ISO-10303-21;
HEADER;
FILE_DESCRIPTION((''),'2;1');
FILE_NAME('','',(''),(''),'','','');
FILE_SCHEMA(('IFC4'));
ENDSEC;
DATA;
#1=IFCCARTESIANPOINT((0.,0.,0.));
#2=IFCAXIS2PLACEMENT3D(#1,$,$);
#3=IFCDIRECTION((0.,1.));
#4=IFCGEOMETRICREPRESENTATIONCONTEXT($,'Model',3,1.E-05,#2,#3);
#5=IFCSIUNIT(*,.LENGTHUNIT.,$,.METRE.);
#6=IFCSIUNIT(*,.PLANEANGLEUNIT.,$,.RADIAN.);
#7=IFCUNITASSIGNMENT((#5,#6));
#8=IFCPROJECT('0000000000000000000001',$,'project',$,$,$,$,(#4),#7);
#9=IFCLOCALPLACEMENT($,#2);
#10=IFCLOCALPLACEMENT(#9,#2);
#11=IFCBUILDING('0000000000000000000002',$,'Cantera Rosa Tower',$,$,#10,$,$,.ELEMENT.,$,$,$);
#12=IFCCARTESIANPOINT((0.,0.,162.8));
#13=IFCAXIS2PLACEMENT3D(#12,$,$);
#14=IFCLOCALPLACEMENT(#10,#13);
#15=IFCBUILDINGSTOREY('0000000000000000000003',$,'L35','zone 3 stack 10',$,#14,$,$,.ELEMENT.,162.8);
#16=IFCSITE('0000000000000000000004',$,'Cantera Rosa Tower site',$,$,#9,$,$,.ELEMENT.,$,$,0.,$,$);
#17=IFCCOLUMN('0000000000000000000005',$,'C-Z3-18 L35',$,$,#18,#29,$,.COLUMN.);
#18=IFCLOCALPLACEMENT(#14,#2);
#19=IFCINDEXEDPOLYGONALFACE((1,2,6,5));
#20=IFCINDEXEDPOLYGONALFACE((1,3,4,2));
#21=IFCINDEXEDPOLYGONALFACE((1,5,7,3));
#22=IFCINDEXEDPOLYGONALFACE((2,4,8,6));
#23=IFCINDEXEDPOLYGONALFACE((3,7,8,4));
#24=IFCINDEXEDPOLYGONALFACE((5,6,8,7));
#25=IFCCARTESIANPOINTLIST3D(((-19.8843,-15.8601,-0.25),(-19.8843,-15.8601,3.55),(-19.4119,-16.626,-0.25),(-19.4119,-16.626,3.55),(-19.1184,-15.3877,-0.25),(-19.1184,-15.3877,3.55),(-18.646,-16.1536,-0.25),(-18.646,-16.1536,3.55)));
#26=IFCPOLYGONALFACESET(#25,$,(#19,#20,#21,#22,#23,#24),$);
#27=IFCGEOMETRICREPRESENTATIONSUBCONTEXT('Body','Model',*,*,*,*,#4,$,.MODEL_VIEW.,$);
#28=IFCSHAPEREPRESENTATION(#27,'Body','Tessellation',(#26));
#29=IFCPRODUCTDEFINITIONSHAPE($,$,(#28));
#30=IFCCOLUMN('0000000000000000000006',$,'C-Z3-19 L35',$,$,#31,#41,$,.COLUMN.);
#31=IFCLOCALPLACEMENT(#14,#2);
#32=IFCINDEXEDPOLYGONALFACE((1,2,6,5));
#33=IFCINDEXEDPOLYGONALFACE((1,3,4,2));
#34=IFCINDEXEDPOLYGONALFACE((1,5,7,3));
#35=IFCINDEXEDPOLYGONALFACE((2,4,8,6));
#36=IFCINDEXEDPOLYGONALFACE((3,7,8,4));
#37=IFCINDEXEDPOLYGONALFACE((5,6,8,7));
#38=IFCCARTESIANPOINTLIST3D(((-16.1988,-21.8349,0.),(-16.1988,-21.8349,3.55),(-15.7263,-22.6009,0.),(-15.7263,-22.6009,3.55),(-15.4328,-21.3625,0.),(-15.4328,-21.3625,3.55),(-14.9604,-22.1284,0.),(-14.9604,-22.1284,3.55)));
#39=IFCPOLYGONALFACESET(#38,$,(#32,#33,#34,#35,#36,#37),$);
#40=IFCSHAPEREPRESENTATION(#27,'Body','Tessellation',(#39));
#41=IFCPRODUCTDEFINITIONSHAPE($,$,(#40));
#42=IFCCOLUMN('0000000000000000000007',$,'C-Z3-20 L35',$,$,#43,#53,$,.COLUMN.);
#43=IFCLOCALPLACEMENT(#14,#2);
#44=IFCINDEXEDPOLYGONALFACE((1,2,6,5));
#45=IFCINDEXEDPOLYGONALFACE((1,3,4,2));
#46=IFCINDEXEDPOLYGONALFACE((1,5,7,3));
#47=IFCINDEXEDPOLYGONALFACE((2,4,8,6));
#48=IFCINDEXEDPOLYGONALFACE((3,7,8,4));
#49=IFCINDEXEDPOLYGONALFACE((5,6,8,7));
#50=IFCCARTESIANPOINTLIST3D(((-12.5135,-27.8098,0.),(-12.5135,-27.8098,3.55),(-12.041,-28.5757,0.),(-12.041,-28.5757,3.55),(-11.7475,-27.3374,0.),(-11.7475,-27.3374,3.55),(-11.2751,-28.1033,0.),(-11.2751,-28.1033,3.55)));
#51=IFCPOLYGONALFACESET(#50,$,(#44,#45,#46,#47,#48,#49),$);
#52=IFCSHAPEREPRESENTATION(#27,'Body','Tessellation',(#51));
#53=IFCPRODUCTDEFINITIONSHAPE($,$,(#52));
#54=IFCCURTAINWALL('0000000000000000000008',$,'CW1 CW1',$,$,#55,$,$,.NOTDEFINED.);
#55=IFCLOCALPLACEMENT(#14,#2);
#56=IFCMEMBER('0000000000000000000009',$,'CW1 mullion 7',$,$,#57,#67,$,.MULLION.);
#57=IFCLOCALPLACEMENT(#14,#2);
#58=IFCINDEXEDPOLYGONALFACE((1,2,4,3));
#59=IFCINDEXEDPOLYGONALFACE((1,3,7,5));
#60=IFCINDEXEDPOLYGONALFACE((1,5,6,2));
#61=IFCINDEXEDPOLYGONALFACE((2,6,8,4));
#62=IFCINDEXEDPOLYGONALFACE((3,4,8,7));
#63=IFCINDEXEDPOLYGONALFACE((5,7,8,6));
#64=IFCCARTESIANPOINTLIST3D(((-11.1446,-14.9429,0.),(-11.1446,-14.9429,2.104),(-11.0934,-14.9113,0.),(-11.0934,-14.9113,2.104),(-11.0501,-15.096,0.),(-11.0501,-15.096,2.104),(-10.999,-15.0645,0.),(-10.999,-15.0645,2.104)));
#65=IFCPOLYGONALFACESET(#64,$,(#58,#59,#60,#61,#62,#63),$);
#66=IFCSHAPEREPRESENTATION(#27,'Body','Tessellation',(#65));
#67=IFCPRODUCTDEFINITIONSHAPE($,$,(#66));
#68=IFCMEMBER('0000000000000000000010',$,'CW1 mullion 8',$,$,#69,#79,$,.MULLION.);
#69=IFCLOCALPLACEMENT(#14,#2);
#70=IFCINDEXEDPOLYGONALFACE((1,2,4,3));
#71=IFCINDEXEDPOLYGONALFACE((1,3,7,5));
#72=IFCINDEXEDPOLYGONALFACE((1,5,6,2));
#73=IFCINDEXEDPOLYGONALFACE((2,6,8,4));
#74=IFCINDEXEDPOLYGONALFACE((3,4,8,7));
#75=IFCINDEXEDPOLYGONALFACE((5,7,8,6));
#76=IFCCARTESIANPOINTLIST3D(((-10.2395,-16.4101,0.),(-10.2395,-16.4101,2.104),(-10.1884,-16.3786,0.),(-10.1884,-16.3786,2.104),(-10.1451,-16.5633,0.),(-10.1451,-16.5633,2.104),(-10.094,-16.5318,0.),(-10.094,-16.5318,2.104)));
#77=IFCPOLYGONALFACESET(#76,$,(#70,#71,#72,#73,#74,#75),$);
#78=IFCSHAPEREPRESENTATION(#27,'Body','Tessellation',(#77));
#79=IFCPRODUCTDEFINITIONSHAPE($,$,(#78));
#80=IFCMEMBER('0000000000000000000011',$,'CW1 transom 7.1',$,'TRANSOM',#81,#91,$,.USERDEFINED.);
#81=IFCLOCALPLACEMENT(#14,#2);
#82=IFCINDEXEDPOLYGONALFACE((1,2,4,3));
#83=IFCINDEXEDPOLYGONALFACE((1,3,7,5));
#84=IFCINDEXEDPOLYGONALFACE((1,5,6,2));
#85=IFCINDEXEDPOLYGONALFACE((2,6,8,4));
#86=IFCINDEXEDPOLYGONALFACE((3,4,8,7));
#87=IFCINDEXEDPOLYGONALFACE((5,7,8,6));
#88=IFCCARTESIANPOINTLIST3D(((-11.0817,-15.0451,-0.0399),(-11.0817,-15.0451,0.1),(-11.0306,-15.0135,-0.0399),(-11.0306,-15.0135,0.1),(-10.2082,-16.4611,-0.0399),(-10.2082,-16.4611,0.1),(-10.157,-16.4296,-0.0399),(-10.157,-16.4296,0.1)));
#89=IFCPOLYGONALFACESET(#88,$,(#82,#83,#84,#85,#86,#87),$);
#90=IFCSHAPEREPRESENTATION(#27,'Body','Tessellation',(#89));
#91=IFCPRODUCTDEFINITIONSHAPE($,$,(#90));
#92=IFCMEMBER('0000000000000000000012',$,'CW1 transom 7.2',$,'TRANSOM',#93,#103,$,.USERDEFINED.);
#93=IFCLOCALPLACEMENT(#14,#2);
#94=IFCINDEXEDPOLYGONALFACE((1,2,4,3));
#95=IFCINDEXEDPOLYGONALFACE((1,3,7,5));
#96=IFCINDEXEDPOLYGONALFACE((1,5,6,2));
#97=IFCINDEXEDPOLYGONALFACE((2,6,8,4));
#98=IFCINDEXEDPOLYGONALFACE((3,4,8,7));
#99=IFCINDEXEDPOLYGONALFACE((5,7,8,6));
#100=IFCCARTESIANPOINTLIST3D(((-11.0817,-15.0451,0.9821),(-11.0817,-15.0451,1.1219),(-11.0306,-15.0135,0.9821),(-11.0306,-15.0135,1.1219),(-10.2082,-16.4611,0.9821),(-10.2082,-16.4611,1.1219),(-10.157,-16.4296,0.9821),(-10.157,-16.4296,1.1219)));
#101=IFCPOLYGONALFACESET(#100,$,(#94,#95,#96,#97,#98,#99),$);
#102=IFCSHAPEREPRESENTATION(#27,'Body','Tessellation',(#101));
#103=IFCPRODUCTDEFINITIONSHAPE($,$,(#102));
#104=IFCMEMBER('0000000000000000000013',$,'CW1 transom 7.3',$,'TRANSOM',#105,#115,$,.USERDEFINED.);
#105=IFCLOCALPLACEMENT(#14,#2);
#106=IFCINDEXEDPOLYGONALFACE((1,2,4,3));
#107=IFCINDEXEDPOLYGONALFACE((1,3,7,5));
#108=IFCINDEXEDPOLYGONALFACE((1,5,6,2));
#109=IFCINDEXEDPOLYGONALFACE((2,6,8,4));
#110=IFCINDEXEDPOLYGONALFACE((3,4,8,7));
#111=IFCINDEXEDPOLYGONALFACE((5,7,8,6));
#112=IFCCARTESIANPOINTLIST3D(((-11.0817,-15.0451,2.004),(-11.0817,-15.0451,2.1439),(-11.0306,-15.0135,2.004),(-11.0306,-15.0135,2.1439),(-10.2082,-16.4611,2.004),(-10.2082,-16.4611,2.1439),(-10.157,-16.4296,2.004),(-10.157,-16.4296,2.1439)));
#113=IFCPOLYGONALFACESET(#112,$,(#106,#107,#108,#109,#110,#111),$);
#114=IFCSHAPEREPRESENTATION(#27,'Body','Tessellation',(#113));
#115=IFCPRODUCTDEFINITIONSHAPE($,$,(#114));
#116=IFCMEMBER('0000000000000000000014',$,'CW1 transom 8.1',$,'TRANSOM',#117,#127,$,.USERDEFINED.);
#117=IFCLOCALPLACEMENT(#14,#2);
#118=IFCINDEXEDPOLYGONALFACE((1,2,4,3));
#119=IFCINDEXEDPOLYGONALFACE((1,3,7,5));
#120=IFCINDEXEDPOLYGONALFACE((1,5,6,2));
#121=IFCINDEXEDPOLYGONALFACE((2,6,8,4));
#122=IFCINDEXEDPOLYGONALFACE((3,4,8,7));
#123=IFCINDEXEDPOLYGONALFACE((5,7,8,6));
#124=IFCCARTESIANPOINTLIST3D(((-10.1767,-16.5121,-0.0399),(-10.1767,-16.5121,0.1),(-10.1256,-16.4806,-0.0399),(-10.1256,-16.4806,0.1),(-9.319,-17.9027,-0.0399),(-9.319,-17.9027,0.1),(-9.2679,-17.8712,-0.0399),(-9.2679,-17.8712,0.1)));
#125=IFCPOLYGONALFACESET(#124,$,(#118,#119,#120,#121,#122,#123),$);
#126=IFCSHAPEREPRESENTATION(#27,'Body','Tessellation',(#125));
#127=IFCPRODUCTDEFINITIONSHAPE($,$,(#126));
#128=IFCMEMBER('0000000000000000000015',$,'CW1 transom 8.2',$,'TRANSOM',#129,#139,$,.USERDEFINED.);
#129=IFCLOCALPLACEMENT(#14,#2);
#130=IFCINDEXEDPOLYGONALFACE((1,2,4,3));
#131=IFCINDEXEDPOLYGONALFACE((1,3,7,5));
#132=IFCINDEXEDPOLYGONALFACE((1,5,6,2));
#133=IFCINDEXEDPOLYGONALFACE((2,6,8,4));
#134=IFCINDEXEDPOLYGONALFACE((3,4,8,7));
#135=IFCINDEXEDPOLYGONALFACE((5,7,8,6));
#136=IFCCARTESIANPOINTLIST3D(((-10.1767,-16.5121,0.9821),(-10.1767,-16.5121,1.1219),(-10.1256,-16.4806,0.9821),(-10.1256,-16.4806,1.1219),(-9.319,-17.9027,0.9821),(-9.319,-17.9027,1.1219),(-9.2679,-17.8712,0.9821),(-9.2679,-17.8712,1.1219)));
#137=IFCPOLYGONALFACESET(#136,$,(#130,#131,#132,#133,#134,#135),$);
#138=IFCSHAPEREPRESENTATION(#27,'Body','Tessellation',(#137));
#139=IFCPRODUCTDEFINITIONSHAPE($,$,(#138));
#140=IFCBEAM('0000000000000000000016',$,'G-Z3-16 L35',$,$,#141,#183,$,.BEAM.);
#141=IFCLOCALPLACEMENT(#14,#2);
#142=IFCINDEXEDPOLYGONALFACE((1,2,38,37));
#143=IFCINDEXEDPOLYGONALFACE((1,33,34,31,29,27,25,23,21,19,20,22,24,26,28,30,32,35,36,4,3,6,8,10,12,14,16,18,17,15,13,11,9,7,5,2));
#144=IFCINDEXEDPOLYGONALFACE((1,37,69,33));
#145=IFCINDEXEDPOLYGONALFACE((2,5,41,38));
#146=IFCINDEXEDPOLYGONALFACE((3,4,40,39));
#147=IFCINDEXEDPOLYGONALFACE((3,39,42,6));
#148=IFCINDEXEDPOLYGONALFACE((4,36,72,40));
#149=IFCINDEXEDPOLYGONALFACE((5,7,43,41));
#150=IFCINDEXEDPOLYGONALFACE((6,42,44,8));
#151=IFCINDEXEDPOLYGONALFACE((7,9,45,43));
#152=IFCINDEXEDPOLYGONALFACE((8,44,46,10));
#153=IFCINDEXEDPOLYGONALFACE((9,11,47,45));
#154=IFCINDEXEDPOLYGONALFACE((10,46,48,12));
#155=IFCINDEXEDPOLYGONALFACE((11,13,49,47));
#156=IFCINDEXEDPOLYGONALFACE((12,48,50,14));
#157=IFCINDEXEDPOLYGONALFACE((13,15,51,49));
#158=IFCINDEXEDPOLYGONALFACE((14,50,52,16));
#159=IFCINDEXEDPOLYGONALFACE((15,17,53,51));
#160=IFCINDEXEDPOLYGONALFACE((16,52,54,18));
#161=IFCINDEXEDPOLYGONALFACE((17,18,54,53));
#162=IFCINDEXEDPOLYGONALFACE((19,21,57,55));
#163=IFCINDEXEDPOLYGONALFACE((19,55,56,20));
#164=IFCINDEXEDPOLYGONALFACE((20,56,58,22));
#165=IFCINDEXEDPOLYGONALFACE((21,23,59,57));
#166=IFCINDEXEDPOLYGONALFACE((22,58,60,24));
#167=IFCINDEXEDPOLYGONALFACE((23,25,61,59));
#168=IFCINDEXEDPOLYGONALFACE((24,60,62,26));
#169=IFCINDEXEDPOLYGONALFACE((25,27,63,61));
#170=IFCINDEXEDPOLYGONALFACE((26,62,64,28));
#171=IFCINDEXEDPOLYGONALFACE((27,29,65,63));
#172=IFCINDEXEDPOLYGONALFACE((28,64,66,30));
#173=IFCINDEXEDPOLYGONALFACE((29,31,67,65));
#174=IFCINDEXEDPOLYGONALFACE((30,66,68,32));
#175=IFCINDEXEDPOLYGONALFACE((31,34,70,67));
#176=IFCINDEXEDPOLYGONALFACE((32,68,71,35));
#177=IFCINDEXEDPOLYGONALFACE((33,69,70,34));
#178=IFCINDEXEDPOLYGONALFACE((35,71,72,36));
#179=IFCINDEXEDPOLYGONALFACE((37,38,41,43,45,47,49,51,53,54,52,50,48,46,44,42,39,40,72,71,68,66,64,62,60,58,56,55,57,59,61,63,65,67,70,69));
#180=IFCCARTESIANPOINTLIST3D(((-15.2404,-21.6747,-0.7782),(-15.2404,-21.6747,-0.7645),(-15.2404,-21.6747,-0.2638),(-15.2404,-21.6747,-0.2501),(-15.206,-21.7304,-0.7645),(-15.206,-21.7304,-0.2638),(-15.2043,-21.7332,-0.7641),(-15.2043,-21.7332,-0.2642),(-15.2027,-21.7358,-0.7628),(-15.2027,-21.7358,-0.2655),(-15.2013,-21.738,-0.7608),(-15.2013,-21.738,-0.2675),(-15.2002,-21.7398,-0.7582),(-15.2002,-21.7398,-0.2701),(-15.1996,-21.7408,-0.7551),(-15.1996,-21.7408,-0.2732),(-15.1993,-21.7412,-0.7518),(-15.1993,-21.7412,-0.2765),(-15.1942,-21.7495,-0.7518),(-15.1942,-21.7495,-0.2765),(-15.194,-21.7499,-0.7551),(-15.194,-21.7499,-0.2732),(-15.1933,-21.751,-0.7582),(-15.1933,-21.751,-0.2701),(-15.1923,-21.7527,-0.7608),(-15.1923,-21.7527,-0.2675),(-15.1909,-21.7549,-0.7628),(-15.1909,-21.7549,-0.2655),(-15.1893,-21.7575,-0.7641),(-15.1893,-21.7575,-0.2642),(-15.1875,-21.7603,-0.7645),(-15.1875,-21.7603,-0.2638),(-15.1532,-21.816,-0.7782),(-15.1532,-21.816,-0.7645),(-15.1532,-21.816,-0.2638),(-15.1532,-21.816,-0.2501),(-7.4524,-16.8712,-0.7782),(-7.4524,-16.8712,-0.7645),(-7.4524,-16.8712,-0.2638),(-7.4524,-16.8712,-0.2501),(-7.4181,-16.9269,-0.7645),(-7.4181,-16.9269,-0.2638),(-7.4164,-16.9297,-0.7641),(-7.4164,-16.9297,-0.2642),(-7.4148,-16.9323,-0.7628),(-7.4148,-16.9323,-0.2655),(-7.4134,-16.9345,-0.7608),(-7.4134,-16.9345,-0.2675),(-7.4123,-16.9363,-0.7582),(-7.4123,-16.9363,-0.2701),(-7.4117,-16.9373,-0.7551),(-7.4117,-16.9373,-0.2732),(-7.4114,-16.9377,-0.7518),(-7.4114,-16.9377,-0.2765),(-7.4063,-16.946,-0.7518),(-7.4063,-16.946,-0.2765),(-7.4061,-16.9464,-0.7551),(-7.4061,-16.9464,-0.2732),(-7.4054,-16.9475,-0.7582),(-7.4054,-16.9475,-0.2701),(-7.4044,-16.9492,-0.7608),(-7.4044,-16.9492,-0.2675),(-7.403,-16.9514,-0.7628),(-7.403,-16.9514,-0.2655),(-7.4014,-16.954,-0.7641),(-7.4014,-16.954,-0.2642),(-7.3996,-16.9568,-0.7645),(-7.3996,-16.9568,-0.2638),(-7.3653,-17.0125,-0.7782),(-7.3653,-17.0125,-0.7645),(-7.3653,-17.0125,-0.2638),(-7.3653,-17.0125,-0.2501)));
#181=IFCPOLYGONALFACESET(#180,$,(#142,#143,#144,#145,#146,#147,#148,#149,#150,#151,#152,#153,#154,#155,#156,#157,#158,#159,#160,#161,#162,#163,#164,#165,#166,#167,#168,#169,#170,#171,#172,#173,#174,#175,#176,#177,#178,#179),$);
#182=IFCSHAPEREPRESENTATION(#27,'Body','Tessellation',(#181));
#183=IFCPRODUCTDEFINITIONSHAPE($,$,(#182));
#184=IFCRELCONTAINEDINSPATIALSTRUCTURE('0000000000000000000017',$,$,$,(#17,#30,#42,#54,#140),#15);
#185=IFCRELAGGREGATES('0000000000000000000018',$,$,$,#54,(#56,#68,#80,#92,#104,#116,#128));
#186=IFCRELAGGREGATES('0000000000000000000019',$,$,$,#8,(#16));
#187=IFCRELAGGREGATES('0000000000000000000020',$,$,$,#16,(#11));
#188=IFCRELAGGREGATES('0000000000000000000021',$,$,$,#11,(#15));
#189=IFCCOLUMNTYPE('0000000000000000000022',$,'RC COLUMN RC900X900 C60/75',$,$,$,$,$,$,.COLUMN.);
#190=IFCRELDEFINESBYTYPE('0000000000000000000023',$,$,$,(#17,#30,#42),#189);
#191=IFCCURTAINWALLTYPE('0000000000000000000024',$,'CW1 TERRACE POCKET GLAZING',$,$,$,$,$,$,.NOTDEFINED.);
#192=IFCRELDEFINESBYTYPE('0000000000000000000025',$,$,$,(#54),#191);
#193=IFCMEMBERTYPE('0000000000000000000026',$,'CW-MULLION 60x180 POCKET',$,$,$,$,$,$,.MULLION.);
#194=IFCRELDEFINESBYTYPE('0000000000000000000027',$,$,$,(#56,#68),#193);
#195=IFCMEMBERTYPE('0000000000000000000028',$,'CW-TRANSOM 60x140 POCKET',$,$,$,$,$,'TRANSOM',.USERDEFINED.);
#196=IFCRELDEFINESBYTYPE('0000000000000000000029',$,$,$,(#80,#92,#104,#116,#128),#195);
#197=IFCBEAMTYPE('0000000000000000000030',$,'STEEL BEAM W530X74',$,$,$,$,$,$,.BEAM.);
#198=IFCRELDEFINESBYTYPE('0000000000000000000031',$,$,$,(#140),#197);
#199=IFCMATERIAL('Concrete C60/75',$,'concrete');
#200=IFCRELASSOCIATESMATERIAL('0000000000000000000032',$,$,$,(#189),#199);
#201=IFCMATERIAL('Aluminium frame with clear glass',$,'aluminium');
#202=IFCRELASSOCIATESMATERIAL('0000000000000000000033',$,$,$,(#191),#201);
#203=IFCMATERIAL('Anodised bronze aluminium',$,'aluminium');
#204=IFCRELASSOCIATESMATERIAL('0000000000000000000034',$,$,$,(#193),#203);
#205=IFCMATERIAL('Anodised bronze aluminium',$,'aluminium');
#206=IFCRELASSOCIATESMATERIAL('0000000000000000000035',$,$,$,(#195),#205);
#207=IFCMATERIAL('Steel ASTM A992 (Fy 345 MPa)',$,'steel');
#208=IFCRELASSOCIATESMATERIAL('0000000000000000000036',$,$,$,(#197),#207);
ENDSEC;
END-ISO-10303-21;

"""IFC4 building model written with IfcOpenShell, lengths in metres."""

from ifc_helpers import new_model, si_unit, direction, frame, origin, origin_2d, place, context, subcontext, project, spatial, rectangle, i_section, extrude, material, material_profile, profile_set, type_object, element, aggregate, save


model = new_model("IFC4")

# Units and contexts
model_context = context("Model", 3, precision=1e-05, world=origin(), true_north=direction((0.0, 1.0)))
body_context = subcontext(model_context, "Body", "Model", "MODEL_VIEW")
ifc_project = project(units=[si_unit("LENGTHUNIT", "METRE"), si_unit("PLANEANGLEUNIT", "RADIAN")], contexts=[model_context])

# Site, building, storey
site_placement = place(None, origin())
site = spatial("IfcSite", under=ifc_project, at=site_placement, Name="Cantera Rosa Tower site", CompositionType="ELEMENT", RefElevation=0.0)
building_placement = place(site_placement, origin())
building = spatial("IfcBuilding", under=site, at=building_placement, Name="Cantera Rosa Tower", CompositionType="ELEMENT")
storey_placement = place(building_placement, frame((0.0, 0.0, 162.8)))
storey = spatial("IfcBuildingStorey", under=building, at=storey_placement, Name="L35", Description="zone 3 stack 10", CompositionType="ELEMENT", Elevation=162.8)

# Columns
ifc_material_1 = material(Name="Concrete C60/75", Category="concrete")
ifc_material_profile_1 = material_profile(ifc_material_1, rectangle(XDim=0.8999, YDim=0.8999, at=origin_2d()), Name="RC COLUMN RC900X900 C60/75")
ifc_profile_set_1 = profile_set([ifc_material_profile_1], Name="Concrete C60/75")
column_type = type_object("IfcColumnType", Name="RC COLUMN RC900X900 C60/75", PredefinedType="COLUMN", material=ifc_profile_set_1)
column_placement = place(storey_placement, frame((-19.2651, -16.0068, -0.25), z_axis=(0.0, 0.0, 1.0), x_axis=(0.851117, 0.524977, 0.0)))
element("IfcColumn", 1, at=column_placement, inside=storey, type_object=column_type, Name="C-Z3-18 L35", PredefinedType="COLUMN", context=body_context, shape_type="SweptSolid", body=[
    extrude(rectangle(XDim=0.8999, YDim=0.8999, at=origin_2d()), origin(), (0.0, 0.0, 1.0), 3.8),
])
for number, where, z_axis, x_axis, name in (
    (2, (-15.5796, -21.9817, 0.0), (0.0, 0.0, 1.0), (0.851117, 0.524977, 0.0), "C-Z3-19 L35"),
    (3, (-11.8943, -27.9565, 0.0), (0.0, 0.0, 1.0), (0.851117, 0.524977, 0.0), "C-Z3-20 L35"),
):
    element("IfcColumn", number, at=place(storey_placement, frame(where, z_axis=z_axis, x_axis=x_axis)), inside=storey, type_object=column_type, Name=name, PredefinedType="COLUMN", context=body_context, shape_type="SweptSolid", body=[
        extrude(rectangle(XDim=0.8999, YDim=0.8999, at=origin_2d()), origin(), (0.0, 0.0, 1.0), 3.55),
    ])

# Curtain wall, members
ifc_material_2 = material(Name="Aluminium frame with clear glass", Category="aluminium")
curtain_wall_type = type_object("IfcCurtainWallType", Name="CW1 TERRACE POCKET GLAZING", PredefinedType="NOTDEFINED", material=ifc_material_2)
curtain_wall_placement = place(storey_placement, origin())
curtain_wall = element("IfcCurtainWall", 4, at=curtain_wall_placement, inside=storey, type_object=curtain_wall_type, Name="CW1 CW1", PredefinedType="NOTDEFINED")
ifc_material_3 = material(Name="Anodised bronze aluminium", Category="aluminium")
ifc_material_profile_2 = material_profile(ifc_material_3, rectangle(XDim=0.0601, YDim=0.1799, at=origin_2d()), Name="CW-MULLION 60x180 POCKET")
ifc_profile_set_2 = profile_set([ifc_material_profile_2], Name="Anodised bronze aluminium")
member_type_1 = type_object("IfcMemberType", Name="CW-MULLION 60x180 POCKET", PredefinedType="MULLION", material=ifc_profile_set_2)
member_1_placement = place(storey_placement, frame((-11.0718, -15.0037, 0.0), z_axis=(0.0, 0.0, 1.0), x_axis=(0.851117, 0.524977, 0.0)))
member_1 = element("IfcMember", 5, at=member_1_placement, type_object=member_type_1, Name="CW1 mullion 7", PredefinedType="MULLION", context=body_context, shape_type="SweptSolid", body=[
    extrude(rectangle(XDim=0.0601, YDim=0.1799, at=origin_2d()), origin(), (0.0, 0.0, 1.0), 2.104),
])
member_2_placement = place(storey_placement, frame((-10.1667, -16.4709, 0.0), z_axis=(0.0, 0.0, 1.0), x_axis=(0.851117, 0.524977, 0.0)))
member_2 = element("IfcMember", 6, at=member_2_placement, type_object=member_type_1, Name="CW1 mullion 8", PredefinedType="MULLION", context=body_context, shape_type="SweptSolid", body=[
    extrude(rectangle(XDim=0.0601, YDim=0.1799, at=origin_2d()), origin(), (0.0, 0.0, 1.0), 2.104),
])
ifc_material_4 = material(Name="Anodised bronze aluminium", Category="aluminium")
ifc_material_profile_3 = material_profile(ifc_material_4, rectangle(XDim=0.0601, YDim=0.1399, at=origin_2d()), Name="CW-TRANSOM 60x140 POCKET")
ifc_profile_set_3 = profile_set([ifc_material_profile_3], Name="Anodised bronze aluminium")
member_type_2 = type_object("IfcMemberType", Name="CW-TRANSOM 60x140 POCKET", ElementType="TRANSOM", PredefinedType="USERDEFINED", material=ifc_profile_set_3)
member_3_placement = place(storey_placement, frame((-11.0562, -15.0293, 0.03), z_axis=(0.52503, -0.851083, 0.0), x_axis=(0.851083, 0.52503, 0.0)))
member_3 = element("IfcMember", 7, at=member_3_placement, type_object=member_type_2, Name="CW1 transom 7.1", ObjectType="TRANSOM", PredefinedType="USERDEFINED", context=body_context, shape_type="SweptSolid", body=[
    extrude(rectangle(XDim=0.0601, YDim=0.1399, at=origin_2d()), origin(), (0.0, 0.0, 1.0), 1.6638),
])
member_4_placement = place(storey_placement, frame((-11.0562, -15.0293, 1.052), z_axis=(0.52503, -0.851083, 0.0), x_axis=(0.851083, 0.52503, 0.0)))
member_4 = element("IfcMember", 8, at=member_4_placement, type_object=member_type_2, Name="CW1 transom 7.2", ObjectType="TRANSOM", PredefinedType="USERDEFINED", context=body_context, shape_type="SweptSolid", body=[
    extrude(rectangle(XDim=0.0601, YDim=0.1399, at=origin_2d()), origin(), (0.0, 0.0, 1.0), 1.6638),
])
member_5_placement = place(storey_placement, frame((-11.0562, -15.0293, 2.074), z_axis=(0.52503, -0.851083, 0.0), x_axis=(0.851083, 0.52503, 0.0)))
member_5 = element("IfcMember", 9, at=member_5_placement, type_object=member_type_2, Name="CW1 transom 7.3", ObjectType="TRANSOM", PredefinedType="USERDEFINED", context=body_context, shape_type="SweptSolid", body=[
    extrude(rectangle(XDim=0.0601, YDim=0.1399, at=origin_2d()), origin(), (0.0, 0.0, 1.0), 1.6638),
])
member_6_placement = place(storey_placement, frame((-10.1511, -16.4963, 0.03), z_axis=(0.524939, -0.85114, 0.0), x_axis=(0.85114, 0.524939, 0.0)))
member_6 = element("IfcMember", 10, at=member_6_placement, type_object=member_type_2, Name="CW1 transom 8.1", ObjectType="TRANSOM", PredefinedType="USERDEFINED", context=body_context, shape_type="SweptSolid", body=[
    extrude(rectangle(XDim=0.0601, YDim=0.1399, at=origin_2d()), origin(), (0.0, 0.0, 1.0), 1.6338),
])
member_7_placement = place(storey_placement, frame((-10.1511, -16.4963, 1.052), z_axis=(0.524939, -0.85114, 0.0), x_axis=(0.85114, 0.524939, 0.0)))
member_7 = element("IfcMember", 11, at=member_7_placement, type_object=member_type_2, Name="CW1 transom 8.2", ObjectType="TRANSOM", PredefinedType="USERDEFINED", context=body_context, shape_type="SweptSolid", body=[
    extrude(rectangle(XDim=0.0601, YDim=0.1399, at=origin_2d()), origin(), (0.0, 0.0, 1.0), 1.6338),
])

# Beam
ifc_material_5 = material(Name="Steel ASTM A992 (Fy 345 MPa)", Category="steel")
ifc_material_profile_4 = material_profile(ifc_material_5, i_section(OverallWidth=0.166, OverallDepth=0.5281, WebThickness=0.0098, FlangeThickness=0.0137, FilletRadius=0.0127, at=origin_2d()), Name="W530X74")
ifc_profile_set_4 = profile_set([ifc_material_profile_4], Name="Steel ASTM A992 (Fy 345 MPa)")
beam_type_1 = type_object("IfcBeamType", Name="STEEL BEAM W530X74", PredefinedType="BEAM", material=ifc_profile_set_4)
beam_1_placement = place(storey_placement, frame((-15.1968, -21.7454, -0.5142), z_axis=(0.851124, 0.524965, 0.0), x_axis=(-0.524965, 0.851124, 0.0)))
element("IfcBeam", 12, at=beam_1_placement, inside=storey, type_object=beam_type_1, Name="G-Z3-16 L35", PredefinedType="BEAM", context=body_context, shape_type="SweptSolid", body=[
    extrude(i_section(OverallWidth=0.166, OverallDepth=0.5281, WebThickness=0.0098, FlangeThickness=0.0137, FilletRadius=0.0127, at=origin_2d()), origin(), (0.0, 0.0, 1.0), 9.1501),
])

aggregate(curtain_wall, [member_1, member_2, member_3, member_4, member_5, member_6, member_7])

save(model, "model.ifc")
